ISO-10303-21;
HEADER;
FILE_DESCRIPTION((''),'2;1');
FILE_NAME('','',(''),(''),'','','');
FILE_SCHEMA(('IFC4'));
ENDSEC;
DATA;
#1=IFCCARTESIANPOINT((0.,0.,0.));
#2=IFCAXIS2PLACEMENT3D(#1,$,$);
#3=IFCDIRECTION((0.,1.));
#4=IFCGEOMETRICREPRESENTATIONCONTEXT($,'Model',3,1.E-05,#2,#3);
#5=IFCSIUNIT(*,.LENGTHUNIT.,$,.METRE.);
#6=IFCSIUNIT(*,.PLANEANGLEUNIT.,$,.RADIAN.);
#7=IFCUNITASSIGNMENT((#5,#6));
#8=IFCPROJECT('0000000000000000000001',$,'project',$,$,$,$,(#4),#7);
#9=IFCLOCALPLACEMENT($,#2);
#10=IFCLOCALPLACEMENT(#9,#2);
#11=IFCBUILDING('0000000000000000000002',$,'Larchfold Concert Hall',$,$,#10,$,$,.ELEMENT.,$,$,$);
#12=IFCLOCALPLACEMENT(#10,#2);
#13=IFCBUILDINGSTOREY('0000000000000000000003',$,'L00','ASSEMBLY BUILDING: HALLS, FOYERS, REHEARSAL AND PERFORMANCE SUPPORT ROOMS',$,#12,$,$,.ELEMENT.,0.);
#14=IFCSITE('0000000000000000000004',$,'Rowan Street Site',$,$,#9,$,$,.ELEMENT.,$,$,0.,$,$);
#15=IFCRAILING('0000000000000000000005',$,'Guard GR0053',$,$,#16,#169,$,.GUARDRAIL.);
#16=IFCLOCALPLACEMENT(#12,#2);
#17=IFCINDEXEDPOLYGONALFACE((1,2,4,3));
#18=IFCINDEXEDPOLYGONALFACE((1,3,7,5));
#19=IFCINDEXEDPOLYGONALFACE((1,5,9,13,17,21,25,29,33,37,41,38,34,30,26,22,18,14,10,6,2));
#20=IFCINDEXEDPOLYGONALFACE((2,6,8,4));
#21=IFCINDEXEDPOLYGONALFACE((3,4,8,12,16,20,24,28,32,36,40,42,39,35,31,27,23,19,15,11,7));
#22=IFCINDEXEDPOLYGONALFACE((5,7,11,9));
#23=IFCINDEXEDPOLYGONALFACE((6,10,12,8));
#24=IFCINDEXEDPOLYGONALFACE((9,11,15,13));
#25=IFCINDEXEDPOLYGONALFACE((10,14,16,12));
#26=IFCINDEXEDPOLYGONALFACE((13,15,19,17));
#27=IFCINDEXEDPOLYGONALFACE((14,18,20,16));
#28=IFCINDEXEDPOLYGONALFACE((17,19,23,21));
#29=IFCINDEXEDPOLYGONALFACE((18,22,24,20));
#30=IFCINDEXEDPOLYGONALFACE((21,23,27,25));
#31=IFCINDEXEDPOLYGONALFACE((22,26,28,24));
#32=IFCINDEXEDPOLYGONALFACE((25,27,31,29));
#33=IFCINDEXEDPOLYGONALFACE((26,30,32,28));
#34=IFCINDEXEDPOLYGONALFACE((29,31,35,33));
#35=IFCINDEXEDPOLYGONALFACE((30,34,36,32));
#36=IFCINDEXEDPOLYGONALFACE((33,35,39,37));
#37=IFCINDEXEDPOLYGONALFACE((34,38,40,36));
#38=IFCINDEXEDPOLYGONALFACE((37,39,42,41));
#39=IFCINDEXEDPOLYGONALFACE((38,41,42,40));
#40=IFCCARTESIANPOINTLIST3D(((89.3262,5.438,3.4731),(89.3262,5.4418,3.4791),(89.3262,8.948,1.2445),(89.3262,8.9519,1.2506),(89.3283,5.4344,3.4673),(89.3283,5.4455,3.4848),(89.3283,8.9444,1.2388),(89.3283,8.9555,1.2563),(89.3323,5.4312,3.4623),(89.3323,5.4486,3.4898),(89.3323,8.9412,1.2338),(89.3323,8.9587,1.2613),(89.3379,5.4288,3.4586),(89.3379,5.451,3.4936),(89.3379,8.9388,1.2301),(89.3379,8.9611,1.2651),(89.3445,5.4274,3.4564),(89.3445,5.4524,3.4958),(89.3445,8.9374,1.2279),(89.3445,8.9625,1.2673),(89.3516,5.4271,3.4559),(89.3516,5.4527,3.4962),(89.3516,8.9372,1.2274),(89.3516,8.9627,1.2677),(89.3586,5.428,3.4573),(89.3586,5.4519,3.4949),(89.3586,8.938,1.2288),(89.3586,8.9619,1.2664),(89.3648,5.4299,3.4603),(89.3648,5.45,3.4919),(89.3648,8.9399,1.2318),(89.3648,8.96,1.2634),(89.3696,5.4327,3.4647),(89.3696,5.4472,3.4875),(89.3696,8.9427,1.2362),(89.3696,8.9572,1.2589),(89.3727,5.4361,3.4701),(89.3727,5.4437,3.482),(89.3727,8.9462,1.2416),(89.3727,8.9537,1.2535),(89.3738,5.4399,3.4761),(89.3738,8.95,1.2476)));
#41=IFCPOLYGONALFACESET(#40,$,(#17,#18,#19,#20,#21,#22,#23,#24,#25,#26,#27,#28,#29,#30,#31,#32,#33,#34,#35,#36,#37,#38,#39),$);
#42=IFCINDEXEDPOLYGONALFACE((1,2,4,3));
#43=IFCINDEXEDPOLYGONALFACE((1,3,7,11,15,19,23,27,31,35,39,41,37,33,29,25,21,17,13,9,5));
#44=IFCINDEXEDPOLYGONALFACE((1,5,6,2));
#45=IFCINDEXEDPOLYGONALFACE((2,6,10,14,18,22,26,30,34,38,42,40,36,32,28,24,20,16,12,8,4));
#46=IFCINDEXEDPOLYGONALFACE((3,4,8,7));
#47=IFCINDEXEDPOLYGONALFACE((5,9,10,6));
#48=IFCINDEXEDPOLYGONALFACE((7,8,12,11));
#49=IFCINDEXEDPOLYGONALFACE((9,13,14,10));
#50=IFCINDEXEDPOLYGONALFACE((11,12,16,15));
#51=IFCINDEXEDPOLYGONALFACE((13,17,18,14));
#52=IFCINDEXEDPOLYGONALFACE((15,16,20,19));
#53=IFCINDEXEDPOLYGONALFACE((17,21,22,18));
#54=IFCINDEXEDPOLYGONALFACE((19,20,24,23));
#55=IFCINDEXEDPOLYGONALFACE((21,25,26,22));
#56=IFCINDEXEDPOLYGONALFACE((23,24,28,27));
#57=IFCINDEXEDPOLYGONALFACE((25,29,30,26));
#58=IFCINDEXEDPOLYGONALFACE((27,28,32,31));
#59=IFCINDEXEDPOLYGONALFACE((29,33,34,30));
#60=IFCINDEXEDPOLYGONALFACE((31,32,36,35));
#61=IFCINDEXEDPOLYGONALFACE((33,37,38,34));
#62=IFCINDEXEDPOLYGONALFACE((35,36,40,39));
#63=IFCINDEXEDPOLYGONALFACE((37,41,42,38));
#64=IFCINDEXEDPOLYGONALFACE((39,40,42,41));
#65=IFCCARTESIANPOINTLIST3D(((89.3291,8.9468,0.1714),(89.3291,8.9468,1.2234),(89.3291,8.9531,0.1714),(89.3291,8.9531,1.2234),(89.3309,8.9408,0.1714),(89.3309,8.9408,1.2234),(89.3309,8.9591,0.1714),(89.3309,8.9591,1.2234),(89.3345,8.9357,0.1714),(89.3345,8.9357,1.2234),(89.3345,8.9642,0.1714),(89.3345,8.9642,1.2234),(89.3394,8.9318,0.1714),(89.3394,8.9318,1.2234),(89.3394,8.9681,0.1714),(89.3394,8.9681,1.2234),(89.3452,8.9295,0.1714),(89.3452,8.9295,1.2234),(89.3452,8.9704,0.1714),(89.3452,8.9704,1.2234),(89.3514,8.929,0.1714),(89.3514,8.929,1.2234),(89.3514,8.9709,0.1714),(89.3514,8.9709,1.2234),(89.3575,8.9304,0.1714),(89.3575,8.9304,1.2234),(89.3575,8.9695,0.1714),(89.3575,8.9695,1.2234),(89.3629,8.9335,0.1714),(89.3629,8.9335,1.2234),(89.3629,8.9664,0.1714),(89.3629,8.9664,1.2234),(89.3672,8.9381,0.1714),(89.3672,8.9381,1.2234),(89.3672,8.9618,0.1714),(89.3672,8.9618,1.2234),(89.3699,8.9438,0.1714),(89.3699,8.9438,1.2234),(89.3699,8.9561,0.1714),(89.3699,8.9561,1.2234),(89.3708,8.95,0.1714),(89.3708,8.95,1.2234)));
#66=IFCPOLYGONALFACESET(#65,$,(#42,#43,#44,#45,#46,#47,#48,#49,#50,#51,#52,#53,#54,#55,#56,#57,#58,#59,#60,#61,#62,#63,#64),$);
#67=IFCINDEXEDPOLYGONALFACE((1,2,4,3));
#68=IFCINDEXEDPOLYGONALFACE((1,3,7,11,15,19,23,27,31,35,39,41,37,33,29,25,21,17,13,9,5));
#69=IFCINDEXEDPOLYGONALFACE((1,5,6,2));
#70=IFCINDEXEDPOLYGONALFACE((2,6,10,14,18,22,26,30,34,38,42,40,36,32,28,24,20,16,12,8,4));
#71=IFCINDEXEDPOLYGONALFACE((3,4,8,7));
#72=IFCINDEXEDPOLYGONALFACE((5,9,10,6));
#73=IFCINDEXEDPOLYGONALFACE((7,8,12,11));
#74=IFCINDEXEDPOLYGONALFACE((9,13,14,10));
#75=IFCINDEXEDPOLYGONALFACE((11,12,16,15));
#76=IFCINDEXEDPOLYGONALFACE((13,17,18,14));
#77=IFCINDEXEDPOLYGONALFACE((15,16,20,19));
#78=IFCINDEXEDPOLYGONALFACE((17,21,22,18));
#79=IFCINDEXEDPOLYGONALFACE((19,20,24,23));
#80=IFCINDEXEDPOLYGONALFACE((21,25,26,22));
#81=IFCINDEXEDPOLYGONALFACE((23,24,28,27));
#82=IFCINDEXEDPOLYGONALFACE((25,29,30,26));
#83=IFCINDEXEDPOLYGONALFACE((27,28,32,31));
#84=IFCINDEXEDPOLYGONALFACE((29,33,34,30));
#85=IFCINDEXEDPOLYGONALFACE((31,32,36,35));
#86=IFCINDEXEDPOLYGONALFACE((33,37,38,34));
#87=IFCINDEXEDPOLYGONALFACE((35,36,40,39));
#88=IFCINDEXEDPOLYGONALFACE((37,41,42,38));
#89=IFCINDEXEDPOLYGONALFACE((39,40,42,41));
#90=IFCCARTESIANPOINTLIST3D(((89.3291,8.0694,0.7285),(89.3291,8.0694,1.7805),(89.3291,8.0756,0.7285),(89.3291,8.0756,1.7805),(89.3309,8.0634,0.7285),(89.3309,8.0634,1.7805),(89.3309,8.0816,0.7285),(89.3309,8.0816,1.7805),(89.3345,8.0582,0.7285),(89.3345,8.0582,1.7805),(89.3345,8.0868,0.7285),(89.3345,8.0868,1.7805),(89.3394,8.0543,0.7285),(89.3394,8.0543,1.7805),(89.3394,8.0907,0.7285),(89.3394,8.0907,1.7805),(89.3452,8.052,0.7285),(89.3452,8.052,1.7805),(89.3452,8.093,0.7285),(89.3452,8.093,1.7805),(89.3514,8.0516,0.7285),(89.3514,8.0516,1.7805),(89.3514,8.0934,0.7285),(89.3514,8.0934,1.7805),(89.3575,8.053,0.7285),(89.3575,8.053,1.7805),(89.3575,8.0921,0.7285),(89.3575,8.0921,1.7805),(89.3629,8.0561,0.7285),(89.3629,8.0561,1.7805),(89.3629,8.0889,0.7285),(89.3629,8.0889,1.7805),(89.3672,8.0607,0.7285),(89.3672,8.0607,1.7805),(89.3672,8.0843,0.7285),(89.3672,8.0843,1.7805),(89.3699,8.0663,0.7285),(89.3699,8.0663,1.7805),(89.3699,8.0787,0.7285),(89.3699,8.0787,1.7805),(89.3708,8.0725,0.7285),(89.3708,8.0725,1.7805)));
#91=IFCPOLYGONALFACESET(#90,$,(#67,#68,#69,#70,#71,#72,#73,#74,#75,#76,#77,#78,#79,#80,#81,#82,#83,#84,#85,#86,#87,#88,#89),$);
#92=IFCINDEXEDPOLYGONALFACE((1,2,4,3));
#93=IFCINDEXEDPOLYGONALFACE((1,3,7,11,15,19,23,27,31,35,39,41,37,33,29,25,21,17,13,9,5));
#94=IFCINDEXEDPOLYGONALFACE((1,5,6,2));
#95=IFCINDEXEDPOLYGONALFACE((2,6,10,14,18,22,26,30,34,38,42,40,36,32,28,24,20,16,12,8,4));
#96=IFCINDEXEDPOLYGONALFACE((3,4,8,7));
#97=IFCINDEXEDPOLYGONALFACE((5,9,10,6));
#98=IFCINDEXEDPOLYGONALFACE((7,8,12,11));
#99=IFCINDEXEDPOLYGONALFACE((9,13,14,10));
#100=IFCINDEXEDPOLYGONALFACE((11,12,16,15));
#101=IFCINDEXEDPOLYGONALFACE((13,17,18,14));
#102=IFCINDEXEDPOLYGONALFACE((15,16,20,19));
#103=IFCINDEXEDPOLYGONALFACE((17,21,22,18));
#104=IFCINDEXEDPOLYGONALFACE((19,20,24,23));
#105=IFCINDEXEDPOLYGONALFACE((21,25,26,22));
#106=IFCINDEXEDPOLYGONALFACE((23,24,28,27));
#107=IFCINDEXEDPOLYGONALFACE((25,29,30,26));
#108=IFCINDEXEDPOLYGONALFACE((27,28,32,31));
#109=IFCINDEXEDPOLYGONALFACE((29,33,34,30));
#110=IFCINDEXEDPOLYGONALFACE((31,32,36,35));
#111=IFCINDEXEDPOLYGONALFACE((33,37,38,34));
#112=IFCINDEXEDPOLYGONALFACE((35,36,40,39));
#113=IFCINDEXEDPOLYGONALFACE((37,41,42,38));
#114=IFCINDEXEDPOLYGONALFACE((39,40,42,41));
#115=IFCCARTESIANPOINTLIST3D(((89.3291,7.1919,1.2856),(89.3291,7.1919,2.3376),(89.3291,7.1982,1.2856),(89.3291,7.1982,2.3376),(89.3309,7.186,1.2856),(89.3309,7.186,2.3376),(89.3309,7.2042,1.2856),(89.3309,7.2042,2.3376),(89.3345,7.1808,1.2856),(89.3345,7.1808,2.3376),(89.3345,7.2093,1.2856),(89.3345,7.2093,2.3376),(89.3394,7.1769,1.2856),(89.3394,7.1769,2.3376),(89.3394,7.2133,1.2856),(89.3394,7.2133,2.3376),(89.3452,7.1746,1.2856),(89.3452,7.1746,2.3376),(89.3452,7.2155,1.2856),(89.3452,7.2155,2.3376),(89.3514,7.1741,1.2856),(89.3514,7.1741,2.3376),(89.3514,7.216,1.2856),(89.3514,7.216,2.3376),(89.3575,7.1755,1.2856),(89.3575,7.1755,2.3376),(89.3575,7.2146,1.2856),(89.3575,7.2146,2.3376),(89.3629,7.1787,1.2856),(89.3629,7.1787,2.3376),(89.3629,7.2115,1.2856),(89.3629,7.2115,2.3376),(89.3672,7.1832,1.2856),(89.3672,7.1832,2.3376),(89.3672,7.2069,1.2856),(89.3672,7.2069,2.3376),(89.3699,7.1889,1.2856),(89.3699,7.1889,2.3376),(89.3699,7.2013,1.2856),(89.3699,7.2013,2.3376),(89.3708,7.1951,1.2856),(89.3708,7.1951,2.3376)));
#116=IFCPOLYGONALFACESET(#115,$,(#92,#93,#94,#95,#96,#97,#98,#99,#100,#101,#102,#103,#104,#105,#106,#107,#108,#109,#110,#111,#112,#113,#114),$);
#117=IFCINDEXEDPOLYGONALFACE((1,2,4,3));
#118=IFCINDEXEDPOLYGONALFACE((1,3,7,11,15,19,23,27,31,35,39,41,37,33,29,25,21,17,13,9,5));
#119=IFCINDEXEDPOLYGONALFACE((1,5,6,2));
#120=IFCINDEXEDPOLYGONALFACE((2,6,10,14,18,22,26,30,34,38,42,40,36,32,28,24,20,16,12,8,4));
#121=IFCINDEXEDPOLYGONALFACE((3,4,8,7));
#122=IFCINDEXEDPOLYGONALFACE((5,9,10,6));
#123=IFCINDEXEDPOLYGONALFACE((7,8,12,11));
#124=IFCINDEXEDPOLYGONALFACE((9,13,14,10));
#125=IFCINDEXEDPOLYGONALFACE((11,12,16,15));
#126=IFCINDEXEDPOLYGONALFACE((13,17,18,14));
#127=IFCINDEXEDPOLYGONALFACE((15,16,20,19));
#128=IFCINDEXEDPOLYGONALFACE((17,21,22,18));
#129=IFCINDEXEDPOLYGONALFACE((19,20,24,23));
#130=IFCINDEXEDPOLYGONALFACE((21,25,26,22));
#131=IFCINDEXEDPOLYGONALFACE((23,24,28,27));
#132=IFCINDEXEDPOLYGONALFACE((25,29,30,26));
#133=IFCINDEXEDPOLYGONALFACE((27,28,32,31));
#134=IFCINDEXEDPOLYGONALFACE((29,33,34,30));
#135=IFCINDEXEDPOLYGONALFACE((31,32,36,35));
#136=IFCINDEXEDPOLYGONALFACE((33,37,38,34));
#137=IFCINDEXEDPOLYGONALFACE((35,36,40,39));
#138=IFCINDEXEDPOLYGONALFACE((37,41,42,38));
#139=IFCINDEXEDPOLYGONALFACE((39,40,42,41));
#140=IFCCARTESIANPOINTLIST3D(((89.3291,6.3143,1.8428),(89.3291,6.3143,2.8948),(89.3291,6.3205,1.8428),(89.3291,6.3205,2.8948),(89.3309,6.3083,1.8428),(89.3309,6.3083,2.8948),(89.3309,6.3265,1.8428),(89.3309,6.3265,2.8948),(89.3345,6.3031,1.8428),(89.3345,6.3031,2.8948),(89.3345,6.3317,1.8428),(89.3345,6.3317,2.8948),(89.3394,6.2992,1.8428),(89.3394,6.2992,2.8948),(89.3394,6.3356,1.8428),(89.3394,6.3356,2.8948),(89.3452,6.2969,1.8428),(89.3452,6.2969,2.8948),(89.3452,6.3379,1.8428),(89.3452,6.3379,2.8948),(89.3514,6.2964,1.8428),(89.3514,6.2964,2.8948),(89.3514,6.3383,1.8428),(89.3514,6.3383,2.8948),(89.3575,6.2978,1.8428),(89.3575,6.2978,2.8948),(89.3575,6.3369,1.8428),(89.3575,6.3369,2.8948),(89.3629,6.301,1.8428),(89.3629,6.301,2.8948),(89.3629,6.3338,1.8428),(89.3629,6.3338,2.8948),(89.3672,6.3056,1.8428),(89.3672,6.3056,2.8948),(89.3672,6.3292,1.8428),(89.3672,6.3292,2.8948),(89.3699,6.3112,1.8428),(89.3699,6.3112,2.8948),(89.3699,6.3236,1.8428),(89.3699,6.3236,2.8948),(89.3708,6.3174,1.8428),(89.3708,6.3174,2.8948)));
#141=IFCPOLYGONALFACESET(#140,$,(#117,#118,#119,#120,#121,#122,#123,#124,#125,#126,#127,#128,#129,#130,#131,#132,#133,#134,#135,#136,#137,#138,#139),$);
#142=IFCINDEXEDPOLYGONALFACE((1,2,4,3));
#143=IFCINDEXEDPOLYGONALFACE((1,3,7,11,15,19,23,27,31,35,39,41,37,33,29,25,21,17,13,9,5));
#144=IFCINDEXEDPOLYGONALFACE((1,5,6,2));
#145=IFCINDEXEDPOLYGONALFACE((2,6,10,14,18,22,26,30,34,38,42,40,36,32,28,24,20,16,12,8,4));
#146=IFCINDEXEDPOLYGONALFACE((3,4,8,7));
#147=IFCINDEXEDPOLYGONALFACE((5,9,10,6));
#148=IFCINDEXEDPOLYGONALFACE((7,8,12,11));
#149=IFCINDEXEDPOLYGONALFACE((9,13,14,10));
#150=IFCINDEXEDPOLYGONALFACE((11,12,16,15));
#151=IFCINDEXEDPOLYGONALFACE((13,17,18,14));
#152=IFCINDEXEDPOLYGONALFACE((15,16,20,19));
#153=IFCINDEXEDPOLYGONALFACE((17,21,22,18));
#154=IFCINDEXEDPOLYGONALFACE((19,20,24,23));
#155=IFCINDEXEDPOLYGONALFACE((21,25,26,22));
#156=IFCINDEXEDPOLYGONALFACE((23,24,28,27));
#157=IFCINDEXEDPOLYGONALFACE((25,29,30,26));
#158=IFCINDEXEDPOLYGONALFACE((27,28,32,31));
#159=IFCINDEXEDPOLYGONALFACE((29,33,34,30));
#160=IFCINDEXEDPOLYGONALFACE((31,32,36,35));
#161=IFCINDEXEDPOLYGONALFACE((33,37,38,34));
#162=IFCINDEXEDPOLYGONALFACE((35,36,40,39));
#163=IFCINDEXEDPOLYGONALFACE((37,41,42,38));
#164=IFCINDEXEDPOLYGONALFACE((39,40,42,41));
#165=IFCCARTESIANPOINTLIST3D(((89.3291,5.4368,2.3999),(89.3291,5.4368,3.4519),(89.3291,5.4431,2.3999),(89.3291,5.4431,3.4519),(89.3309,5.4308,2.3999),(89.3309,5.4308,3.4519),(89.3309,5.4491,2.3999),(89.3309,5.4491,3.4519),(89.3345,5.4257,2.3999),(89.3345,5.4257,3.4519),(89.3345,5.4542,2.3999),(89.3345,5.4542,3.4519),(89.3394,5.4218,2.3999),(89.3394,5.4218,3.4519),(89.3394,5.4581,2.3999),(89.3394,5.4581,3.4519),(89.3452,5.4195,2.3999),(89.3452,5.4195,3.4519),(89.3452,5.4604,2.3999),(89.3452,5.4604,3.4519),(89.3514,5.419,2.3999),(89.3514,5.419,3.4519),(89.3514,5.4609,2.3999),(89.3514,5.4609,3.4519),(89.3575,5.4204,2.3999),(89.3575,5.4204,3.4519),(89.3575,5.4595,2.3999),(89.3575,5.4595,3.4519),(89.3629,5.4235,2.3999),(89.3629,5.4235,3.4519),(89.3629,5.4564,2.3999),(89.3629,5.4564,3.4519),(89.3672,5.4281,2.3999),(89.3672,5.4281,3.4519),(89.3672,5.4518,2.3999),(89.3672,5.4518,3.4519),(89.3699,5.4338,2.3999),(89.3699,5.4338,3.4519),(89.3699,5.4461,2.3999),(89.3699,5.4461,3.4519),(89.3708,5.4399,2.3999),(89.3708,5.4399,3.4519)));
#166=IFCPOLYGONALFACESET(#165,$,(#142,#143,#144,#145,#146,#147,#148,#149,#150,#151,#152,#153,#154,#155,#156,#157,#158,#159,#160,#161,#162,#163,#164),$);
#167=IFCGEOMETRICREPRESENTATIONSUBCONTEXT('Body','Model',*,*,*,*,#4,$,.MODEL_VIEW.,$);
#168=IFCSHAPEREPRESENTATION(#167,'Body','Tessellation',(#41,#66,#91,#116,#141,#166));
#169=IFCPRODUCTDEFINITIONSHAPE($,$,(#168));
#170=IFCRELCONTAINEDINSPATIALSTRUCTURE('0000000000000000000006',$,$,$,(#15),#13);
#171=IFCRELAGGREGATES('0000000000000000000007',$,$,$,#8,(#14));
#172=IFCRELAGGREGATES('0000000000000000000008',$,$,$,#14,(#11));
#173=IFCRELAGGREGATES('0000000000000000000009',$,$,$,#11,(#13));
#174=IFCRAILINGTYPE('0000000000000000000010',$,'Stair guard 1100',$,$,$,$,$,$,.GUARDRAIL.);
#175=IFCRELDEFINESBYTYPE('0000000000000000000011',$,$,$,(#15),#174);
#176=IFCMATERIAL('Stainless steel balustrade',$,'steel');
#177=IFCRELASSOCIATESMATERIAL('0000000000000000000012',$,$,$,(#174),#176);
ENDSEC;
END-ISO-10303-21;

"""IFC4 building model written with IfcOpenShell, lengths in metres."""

from ifc_helpers import new_model, si_unit, direction, frame, origin, origin_2d, place, context, subcontext, project, spatial, circle, extrude, material, type_object, element, save


model = new_model("IFC4")

# Units and contexts
model_context = context("Model", 3, precision=1e-05, world=origin(), true_north=direction((0.0, 1.0)))
body_context = subcontext(model_context, "Body", "Model", "MODEL_VIEW")
ifc_project = project(units=[si_unit("LENGTHUNIT", "METRE"), si_unit("PLANEANGLEUNIT", "RADIAN")], contexts=[model_context])

# Site, building, storey
site_placement = place(None, origin())
site = spatial("IfcSite", under=ifc_project, at=site_placement, Name="Rowan Street Site", CompositionType="ELEMENT", RefElevation=0.0)
building_placement = place(site_placement, origin())
building = spatial("IfcBuilding", under=site, at=building_placement, Name="Larchfold Concert Hall", CompositionType="ELEMENT")
storey_placement = place(building_placement, origin())
storey = spatial("IfcBuildingStorey", under=building, at=storey_placement, Name="L00", Description="ASSEMBLY BUILDING: HALLS, FOYERS, REHEARSAL AND PERFORMANCE SUPPORT ROOMS", CompositionType="ELEMENT", Elevation=0.0)

# Railing
ifc_material_1 = material(Name="Stainless steel balustrade", Category="steel")
railing_type_1 = type_object("IfcRailingType", Name="Stair guard 1100", PredefinedType="GUARDRAIL", material=ifc_material_1)
railing_1_placement = place(storey_placement, frame((89.3499, 8.95, 0.1714)))
element("IfcRailing", 1, at=railing_1_placement, inside=storey, type_object=railing_type_1, Name="Guard GR0053", PredefinedType="GUARDRAIL", context=body_context, shape_type="SweptSolid", body=[
    extrude(circle(Radius=0.0239, at=origin_2d()), frame((0.0, 0.0, 1.0762), z_axis=(0.0, -0.84422, 0.535998), x_axis=(1.0, 0.0, 0.0)), (0.0, 0.0, 1.0), 4.1577),
    extrude(circle(Radius=0.021, at=origin_2d()), origin(), (0.0, 0.0, 1.0), 1.052),
    extrude(circle(Radius=0.021, at=origin_2d()), frame((0.0, -0.8774, 0.5571)), (0.0, 0.0, 1.0), 1.052),
    extrude(circle(Radius=0.021, at=origin_2d()), frame((0.0, -1.7549, 1.1143)), (0.0, 0.0, 1.0), 1.052),
    extrude(circle(Radius=0.021, at=origin_2d()), frame((0.0, -2.6326, 1.6714)), (0.0, 0.0, 1.0), 1.052),
    extrude(circle(Radius=0.021, at=origin_2d()), frame((0.0, -3.51, 2.2285)), (0.0, 0.0, 1.0), 1.052),
])

save(model, "model.ifc")
